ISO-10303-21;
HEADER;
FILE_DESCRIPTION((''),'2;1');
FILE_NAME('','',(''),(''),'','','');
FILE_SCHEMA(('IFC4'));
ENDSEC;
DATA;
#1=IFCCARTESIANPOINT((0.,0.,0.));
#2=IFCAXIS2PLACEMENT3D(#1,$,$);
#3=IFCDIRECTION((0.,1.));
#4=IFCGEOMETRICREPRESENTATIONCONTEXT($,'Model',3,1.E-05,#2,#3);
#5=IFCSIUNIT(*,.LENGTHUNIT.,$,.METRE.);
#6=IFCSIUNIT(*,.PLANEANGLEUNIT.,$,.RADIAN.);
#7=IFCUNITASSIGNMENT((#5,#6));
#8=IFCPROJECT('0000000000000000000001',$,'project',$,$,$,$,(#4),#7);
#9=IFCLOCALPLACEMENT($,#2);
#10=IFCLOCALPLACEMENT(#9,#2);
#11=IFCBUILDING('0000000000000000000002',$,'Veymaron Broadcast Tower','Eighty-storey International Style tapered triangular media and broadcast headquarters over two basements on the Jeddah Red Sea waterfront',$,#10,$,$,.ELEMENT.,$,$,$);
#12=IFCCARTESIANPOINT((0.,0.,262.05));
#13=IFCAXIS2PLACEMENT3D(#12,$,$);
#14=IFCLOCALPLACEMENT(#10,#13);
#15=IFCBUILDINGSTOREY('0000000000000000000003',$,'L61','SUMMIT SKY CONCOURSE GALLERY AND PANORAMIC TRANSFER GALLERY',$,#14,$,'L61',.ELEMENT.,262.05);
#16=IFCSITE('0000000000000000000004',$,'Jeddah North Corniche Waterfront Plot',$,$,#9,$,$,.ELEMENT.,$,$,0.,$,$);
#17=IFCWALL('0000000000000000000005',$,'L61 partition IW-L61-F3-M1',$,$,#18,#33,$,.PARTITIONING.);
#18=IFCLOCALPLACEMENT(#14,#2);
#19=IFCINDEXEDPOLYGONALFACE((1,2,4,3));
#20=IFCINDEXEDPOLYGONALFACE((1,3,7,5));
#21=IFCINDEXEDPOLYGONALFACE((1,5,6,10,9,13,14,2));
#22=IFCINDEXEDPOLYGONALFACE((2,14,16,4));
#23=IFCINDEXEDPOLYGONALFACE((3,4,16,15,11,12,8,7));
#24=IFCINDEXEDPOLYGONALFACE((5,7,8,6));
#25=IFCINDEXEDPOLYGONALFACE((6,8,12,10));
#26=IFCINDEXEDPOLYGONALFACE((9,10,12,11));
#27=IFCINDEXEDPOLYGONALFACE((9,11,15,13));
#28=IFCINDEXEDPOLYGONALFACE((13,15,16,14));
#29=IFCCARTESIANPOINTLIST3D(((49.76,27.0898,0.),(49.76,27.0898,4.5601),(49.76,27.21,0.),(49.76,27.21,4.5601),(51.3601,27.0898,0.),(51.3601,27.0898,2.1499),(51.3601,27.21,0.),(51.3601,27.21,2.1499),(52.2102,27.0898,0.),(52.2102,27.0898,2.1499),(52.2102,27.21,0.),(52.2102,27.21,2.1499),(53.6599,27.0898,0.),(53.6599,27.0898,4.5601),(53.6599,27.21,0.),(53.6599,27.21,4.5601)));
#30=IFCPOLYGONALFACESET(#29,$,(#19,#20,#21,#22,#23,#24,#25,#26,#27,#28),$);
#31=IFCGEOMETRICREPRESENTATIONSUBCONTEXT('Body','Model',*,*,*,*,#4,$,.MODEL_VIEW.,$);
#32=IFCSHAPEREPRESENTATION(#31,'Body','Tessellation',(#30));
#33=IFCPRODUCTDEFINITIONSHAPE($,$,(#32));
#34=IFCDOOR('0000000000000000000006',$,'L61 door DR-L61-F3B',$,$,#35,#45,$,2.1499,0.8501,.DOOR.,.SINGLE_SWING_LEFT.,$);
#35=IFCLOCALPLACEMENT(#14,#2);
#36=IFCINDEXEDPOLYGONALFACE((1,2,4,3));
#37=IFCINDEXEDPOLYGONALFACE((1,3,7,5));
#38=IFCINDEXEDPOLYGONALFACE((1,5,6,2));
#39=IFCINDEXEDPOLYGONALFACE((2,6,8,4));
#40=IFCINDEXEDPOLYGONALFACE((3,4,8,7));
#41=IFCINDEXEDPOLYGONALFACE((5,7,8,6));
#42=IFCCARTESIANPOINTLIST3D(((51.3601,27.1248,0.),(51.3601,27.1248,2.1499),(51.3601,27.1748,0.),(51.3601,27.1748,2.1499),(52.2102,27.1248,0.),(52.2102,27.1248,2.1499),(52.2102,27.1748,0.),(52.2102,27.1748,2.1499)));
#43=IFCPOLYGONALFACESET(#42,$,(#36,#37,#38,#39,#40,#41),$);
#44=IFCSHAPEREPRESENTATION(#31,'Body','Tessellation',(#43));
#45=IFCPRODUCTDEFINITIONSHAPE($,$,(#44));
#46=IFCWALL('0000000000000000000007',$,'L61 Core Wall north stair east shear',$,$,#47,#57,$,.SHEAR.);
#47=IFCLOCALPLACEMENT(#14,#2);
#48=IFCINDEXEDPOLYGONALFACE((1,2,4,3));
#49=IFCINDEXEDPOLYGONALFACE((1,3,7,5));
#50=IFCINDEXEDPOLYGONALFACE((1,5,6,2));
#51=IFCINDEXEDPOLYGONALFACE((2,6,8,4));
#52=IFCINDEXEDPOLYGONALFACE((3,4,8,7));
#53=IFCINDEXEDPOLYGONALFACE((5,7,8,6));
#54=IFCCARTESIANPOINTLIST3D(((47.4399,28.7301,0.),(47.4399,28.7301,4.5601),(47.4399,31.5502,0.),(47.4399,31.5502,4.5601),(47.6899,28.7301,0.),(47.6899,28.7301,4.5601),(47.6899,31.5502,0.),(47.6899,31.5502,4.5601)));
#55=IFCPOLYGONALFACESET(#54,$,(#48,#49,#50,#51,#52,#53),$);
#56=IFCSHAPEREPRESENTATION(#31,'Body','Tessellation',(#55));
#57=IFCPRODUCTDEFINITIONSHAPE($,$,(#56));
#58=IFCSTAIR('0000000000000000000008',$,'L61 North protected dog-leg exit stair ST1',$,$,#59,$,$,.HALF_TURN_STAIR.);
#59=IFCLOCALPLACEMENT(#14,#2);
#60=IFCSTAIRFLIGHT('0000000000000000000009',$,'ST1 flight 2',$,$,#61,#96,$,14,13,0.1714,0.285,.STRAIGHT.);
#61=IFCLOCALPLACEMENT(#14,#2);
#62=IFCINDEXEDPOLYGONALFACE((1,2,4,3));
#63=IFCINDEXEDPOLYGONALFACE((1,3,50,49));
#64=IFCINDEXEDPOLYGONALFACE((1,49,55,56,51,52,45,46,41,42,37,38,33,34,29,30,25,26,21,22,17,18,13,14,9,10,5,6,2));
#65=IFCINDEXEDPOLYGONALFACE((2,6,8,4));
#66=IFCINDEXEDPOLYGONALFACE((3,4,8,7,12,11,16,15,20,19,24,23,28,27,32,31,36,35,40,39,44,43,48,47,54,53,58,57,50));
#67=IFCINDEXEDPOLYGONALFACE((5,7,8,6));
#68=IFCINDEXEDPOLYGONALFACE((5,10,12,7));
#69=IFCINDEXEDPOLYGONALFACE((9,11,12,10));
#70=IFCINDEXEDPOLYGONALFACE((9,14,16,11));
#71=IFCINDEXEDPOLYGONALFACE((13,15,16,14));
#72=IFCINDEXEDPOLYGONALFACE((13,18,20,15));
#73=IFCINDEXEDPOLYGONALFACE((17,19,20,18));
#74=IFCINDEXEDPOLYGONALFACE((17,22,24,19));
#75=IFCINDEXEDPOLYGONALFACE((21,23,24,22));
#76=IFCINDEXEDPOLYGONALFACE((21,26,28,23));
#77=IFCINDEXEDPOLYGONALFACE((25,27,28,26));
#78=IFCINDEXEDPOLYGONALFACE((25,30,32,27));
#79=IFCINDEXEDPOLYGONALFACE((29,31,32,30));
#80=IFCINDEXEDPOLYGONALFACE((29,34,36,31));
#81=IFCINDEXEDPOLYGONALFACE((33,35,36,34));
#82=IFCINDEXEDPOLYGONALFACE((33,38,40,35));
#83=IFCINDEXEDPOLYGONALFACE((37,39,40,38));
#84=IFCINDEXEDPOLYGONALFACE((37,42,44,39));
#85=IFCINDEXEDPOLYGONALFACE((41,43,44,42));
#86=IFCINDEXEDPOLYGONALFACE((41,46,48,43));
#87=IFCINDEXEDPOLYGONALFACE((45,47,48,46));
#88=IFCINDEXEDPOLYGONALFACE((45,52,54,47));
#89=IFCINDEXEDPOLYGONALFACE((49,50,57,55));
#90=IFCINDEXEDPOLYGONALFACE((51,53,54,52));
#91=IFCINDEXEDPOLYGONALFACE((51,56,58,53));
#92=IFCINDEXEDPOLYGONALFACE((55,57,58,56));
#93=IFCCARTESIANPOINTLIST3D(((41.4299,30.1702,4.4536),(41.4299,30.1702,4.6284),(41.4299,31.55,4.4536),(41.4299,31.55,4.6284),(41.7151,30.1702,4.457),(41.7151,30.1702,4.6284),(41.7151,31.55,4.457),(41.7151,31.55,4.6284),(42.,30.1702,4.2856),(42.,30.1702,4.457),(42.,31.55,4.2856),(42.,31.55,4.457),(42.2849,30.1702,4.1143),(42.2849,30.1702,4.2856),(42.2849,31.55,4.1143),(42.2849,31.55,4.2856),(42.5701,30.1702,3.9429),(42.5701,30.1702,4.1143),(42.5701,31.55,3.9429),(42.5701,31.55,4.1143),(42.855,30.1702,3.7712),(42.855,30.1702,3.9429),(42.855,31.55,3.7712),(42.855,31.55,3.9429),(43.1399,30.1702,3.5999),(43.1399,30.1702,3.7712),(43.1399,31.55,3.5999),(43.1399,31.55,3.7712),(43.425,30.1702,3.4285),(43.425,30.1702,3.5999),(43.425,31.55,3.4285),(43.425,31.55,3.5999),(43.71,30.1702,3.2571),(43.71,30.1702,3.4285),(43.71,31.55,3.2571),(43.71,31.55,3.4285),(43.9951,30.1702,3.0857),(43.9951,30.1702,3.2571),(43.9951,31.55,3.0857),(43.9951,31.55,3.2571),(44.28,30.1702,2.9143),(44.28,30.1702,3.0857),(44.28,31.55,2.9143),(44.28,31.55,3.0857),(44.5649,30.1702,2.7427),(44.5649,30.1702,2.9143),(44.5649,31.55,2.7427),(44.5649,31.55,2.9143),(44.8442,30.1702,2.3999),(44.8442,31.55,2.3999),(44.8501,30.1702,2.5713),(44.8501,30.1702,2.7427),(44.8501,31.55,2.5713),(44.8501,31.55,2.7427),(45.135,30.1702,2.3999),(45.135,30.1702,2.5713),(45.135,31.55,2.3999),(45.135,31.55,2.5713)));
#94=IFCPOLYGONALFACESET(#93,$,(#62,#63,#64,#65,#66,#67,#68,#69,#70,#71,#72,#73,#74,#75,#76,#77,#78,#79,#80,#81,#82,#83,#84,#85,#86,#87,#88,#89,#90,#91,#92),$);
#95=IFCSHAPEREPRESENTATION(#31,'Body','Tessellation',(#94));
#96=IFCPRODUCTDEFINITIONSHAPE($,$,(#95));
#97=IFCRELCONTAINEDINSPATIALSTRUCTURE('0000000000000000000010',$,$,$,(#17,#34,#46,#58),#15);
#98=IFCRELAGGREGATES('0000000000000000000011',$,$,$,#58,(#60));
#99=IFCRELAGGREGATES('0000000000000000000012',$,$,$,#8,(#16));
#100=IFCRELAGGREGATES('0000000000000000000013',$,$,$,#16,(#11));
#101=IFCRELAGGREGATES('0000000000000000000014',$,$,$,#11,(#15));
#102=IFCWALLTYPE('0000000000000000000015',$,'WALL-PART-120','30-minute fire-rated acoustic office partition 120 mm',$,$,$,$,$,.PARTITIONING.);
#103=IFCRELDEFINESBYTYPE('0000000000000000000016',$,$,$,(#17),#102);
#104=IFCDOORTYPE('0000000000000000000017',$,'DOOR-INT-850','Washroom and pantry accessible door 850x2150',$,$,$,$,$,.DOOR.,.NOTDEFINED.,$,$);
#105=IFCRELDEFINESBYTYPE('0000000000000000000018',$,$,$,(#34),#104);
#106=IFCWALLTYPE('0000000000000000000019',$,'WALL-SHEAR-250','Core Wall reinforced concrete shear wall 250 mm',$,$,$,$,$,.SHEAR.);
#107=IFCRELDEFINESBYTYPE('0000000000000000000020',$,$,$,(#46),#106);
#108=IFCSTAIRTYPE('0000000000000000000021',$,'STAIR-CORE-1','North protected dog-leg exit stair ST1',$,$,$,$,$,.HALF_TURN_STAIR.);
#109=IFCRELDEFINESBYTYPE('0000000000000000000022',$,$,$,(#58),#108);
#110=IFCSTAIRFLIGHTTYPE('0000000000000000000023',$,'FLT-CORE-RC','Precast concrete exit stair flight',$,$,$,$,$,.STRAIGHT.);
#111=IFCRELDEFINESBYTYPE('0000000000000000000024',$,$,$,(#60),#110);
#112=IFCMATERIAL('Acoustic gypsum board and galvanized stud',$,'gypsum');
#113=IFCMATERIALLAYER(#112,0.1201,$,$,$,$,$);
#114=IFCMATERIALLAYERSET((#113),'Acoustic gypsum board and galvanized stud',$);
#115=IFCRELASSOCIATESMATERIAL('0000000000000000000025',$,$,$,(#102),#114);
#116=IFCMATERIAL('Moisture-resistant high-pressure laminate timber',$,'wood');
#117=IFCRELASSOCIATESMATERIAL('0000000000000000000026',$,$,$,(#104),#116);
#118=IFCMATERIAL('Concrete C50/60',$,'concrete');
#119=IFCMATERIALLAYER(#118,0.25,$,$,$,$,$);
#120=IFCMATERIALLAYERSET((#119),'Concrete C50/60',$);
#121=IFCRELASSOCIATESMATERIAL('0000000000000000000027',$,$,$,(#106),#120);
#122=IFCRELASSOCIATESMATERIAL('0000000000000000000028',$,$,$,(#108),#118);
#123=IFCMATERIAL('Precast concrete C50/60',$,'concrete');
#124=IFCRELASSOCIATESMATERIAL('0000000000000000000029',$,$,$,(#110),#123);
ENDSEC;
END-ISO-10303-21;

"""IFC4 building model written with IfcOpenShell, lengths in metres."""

from ifc_helpers import new_model, si_unit, direction, frame, frame_2d, origin, place, context, subcontext, project, spatial, polyline, rectangle, outline, extrude, material, layer, layer_set, type_object, element, fill, aggregate, save


model = new_model("IFC4")

# Units and contexts
model_context = context("Model", 3, precision=1e-05, world=origin(), true_north=direction((0.0, 1.0)))
body_context = subcontext(model_context, "Body", "Model", "MODEL_VIEW")
ifc_project = project(units=[si_unit("LENGTHUNIT", "METRE"), si_unit("PLANEANGLEUNIT", "RADIAN")], contexts=[model_context])

# Site, building, storey
site_placement = place(None, origin())
site = spatial("IfcSite", under=ifc_project, at=site_placement, Name="Jeddah North Corniche Waterfront Plot", CompositionType="ELEMENT", RefElevation=0.0)
building_placement = place(site_placement, origin())
building = spatial("IfcBuilding", under=site, at=building_placement, Name="Veymaron Broadcast Tower", Description="Eighty-storey International Style tapered triangular media and broadcast headquarters over two basements on the Jeddah Red Sea waterfront", CompositionType="ELEMENT")
storey_placement = place(building_placement, frame((0.0, 0.0, 262.05)))
storey = spatial("IfcBuildingStorey", under=building, at=storey_placement, Name="L61", Description="SUMMIT SKY CONCOURSE GALLERY AND PANORAMIC TRANSFER GALLERY", LongName="L61", CompositionType="ELEMENT", Elevation=262.05)

# Wall, opening, door
ifc_material_1 = material(Name="Acoustic gypsum board and galvanized stud", Category="gypsum")
ifc_layer_1 = layer(ifc_material_1, 0.1201)
ifc_layer_set_1 = layer_set([ifc_layer_1], Name="Acoustic gypsum board and galvanized stud")
wall_type_1 = type_object("IfcWallType", Name="WALL-PART-120", Description="30-minute fire-rated acoustic office partition 120 mm", PredefinedType="PARTITIONING", material=ifc_layer_set_1)
wall_1_placement = place(storey_placement, frame((49.76, 27.1499, 0.0), z_axis=(0.0, 0.0, 1.0), x_axis=(1.0, 0.0, 0.0)))
wall_1 = element("IfcWall", 1, at=wall_1_placement, inside=storey, type_object=wall_type_1, Name="L61 partition IW-L61-F3-M1", PredefinedType="PARTITIONING", context=body_context, shape_type="SweptSolid", body=[
    extrude(rectangle(XDim=3.8999, YDim=0.1201, at=frame_2d((1.95, 0.0))), origin(), (0.0, 0.0, 1.0), 4.5601),
])
opening_1_placement = place(wall_1_placement, frame((1.6001, 0.0, 0.0)))
opening_1 = element("IfcOpeningElement", 2, at=opening_1_placement, cuts=wall_1, PredefinedType="OPENING", context=body_context, shape_type="SweptSolid", body=[
    extrude(rectangle(XDim=0.8501, YDim=2.1499, at=frame_2d((0.425, 1.075))), frame((0.0, 0.0701, 0.0), z_axis=(0.0, -1.0, 0.0), x_axis=(1.0, 0.0, 0.0)), (0.0, 0.0, 1.0), 0.1401),
])
ifc_material_2 = material(Name="Moisture-resistant high-pressure laminate timber", Category="wood")
door_type_1 = type_object("IfcDoorType", Name="DOOR-INT-850", Description="Washroom and pantry accessible door 850x2150", OperationType="NOTDEFINED", PredefinedType="DOOR", material=ifc_material_2)
door_1_placement = place(opening_1_placement, origin())
door_1 = element("IfcDoor", 3, at=door_1_placement, inside=storey, type_object=door_type_1, Name="L61 door DR-L61-F3B", OperationType="SINGLE_SWING_LEFT", OverallHeight=2.1499, OverallWidth=0.8501, PredefinedType="DOOR", context=body_context, shape_type="SweptSolid", body=[
    extrude(rectangle(XDim=0.8501, YDim=2.1499, at=frame_2d((0.425, 1.075))), frame((0.0, 0.0249, 0.0), z_axis=(0.0, -1.0, 0.0), x_axis=(1.0, 0.0, 0.0)), (0.0, 0.0, 1.0), 0.05),
])
fill(opening_1, door_1)

# Wall
ifc_material_3 = material(Name="Concrete C50/60", Category="concrete")
ifc_layer_2 = layer(ifc_material_3, 0.25)
ifc_layer_set_2 = layer_set([ifc_layer_2], Name="Concrete C50/60")
wall_type_2 = type_object("IfcWallType", Name="WALL-SHEAR-250", Description="Core Wall reinforced concrete shear wall 250 mm", PredefinedType="SHEAR", material=ifc_layer_set_2)
wall_2_placement = place(storey_placement, frame((47.5649, 28.73, 0.0), z_axis=(0.0, 0.0, 1.0), x_axis=(0.0, 1.0, 0.0)))
element("IfcWall", 4, at=wall_2_placement, inside=storey, type_object=wall_type_2, Name="L61 Core Wall north stair east shear", PredefinedType="SHEAR", context=body_context, shape_type="SweptSolid", body=[
    extrude(rectangle(XDim=2.8201, YDim=0.25, at=frame_2d((1.4102, 0.0))), origin(), (0.0, 0.0, 1.0), 4.5601),
])

# Stair, stair flight
stair_type = type_object("IfcStairType", Name="STAIR-CORE-1", Description="North protected dog-leg exit stair ST1", PredefinedType="HALF_TURN_STAIR", material=ifc_material_3)
stair_placement = place(storey_placement, origin())
stair = element("IfcStair", 5, at=stair_placement, inside=storey, type_object=stair_type, Name="L61 North protected dog-leg exit stair ST1", PredefinedType="HALF_TURN_STAIR")
ifc_material_4 = material(Name="Precast concrete C50/60", Category="concrete")
stair_flight_type = type_object("IfcStairFlightType", Name="FLT-CORE-RC", Description="Precast concrete exit stair flight", PredefinedType="STRAIGHT", material=ifc_material_4)
stair_flight_placement = place(storey_placement, frame((45.135, 30.8601, 2.3999), z_axis=(0.0, 0.0, 1.0), x_axis=(-1.0, 0.0, 0.0)))
stair_flight = element("IfcStairFlight", 6, at=stair_flight_placement, type_object=stair_flight_type, Name="ST1 flight 2", NumberOfRisers=14, NumberOfTreads=13, PredefinedType="STRAIGHT", RiserHeight=0.1714, TreadLength=0.285, context=body_context, shape_type="SweptSolid", body=[
    extrude(outline(polyline([(0.0, 0.0), (0.0, 0.1714), (0.2849, 0.1714), (0.2849, 0.3428), (0.5701, 0.3428), (0.5701, 0.5144), (0.855, 0.5144), (0.855, 0.6858), (1.1399, 0.6858), (1.1399, 0.8572), (1.425, 0.8572), (1.425, 1.0286), (1.71, 1.0286), (1.71, 1.2), (1.9951, 1.2), (1.9951, 1.3713), (2.28, 1.3713), (2.28, 1.543), (2.5649, 1.543), (2.5649, 1.7144), (2.8501, 1.7144), (2.8501, 1.8857), (3.135, 1.8857), (3.135, 2.0571), (3.4199, 2.0571), (3.4199, 2.2285), (3.7051, 2.2285), (3.7051, 2.3999), (3.7051, 2.0537), (0.2908, 0.0), (0.0, 0.0)])), frame((0.0, 0.6899, 0.0), z_axis=(0.0, -1.0, 0.0), x_axis=(1.0, 0.0, 0.0)), (0.0, 0.0, 1.0), 1.3799),
])
aggregate(stair, [stair_flight])

save(model, "model.ifc")
